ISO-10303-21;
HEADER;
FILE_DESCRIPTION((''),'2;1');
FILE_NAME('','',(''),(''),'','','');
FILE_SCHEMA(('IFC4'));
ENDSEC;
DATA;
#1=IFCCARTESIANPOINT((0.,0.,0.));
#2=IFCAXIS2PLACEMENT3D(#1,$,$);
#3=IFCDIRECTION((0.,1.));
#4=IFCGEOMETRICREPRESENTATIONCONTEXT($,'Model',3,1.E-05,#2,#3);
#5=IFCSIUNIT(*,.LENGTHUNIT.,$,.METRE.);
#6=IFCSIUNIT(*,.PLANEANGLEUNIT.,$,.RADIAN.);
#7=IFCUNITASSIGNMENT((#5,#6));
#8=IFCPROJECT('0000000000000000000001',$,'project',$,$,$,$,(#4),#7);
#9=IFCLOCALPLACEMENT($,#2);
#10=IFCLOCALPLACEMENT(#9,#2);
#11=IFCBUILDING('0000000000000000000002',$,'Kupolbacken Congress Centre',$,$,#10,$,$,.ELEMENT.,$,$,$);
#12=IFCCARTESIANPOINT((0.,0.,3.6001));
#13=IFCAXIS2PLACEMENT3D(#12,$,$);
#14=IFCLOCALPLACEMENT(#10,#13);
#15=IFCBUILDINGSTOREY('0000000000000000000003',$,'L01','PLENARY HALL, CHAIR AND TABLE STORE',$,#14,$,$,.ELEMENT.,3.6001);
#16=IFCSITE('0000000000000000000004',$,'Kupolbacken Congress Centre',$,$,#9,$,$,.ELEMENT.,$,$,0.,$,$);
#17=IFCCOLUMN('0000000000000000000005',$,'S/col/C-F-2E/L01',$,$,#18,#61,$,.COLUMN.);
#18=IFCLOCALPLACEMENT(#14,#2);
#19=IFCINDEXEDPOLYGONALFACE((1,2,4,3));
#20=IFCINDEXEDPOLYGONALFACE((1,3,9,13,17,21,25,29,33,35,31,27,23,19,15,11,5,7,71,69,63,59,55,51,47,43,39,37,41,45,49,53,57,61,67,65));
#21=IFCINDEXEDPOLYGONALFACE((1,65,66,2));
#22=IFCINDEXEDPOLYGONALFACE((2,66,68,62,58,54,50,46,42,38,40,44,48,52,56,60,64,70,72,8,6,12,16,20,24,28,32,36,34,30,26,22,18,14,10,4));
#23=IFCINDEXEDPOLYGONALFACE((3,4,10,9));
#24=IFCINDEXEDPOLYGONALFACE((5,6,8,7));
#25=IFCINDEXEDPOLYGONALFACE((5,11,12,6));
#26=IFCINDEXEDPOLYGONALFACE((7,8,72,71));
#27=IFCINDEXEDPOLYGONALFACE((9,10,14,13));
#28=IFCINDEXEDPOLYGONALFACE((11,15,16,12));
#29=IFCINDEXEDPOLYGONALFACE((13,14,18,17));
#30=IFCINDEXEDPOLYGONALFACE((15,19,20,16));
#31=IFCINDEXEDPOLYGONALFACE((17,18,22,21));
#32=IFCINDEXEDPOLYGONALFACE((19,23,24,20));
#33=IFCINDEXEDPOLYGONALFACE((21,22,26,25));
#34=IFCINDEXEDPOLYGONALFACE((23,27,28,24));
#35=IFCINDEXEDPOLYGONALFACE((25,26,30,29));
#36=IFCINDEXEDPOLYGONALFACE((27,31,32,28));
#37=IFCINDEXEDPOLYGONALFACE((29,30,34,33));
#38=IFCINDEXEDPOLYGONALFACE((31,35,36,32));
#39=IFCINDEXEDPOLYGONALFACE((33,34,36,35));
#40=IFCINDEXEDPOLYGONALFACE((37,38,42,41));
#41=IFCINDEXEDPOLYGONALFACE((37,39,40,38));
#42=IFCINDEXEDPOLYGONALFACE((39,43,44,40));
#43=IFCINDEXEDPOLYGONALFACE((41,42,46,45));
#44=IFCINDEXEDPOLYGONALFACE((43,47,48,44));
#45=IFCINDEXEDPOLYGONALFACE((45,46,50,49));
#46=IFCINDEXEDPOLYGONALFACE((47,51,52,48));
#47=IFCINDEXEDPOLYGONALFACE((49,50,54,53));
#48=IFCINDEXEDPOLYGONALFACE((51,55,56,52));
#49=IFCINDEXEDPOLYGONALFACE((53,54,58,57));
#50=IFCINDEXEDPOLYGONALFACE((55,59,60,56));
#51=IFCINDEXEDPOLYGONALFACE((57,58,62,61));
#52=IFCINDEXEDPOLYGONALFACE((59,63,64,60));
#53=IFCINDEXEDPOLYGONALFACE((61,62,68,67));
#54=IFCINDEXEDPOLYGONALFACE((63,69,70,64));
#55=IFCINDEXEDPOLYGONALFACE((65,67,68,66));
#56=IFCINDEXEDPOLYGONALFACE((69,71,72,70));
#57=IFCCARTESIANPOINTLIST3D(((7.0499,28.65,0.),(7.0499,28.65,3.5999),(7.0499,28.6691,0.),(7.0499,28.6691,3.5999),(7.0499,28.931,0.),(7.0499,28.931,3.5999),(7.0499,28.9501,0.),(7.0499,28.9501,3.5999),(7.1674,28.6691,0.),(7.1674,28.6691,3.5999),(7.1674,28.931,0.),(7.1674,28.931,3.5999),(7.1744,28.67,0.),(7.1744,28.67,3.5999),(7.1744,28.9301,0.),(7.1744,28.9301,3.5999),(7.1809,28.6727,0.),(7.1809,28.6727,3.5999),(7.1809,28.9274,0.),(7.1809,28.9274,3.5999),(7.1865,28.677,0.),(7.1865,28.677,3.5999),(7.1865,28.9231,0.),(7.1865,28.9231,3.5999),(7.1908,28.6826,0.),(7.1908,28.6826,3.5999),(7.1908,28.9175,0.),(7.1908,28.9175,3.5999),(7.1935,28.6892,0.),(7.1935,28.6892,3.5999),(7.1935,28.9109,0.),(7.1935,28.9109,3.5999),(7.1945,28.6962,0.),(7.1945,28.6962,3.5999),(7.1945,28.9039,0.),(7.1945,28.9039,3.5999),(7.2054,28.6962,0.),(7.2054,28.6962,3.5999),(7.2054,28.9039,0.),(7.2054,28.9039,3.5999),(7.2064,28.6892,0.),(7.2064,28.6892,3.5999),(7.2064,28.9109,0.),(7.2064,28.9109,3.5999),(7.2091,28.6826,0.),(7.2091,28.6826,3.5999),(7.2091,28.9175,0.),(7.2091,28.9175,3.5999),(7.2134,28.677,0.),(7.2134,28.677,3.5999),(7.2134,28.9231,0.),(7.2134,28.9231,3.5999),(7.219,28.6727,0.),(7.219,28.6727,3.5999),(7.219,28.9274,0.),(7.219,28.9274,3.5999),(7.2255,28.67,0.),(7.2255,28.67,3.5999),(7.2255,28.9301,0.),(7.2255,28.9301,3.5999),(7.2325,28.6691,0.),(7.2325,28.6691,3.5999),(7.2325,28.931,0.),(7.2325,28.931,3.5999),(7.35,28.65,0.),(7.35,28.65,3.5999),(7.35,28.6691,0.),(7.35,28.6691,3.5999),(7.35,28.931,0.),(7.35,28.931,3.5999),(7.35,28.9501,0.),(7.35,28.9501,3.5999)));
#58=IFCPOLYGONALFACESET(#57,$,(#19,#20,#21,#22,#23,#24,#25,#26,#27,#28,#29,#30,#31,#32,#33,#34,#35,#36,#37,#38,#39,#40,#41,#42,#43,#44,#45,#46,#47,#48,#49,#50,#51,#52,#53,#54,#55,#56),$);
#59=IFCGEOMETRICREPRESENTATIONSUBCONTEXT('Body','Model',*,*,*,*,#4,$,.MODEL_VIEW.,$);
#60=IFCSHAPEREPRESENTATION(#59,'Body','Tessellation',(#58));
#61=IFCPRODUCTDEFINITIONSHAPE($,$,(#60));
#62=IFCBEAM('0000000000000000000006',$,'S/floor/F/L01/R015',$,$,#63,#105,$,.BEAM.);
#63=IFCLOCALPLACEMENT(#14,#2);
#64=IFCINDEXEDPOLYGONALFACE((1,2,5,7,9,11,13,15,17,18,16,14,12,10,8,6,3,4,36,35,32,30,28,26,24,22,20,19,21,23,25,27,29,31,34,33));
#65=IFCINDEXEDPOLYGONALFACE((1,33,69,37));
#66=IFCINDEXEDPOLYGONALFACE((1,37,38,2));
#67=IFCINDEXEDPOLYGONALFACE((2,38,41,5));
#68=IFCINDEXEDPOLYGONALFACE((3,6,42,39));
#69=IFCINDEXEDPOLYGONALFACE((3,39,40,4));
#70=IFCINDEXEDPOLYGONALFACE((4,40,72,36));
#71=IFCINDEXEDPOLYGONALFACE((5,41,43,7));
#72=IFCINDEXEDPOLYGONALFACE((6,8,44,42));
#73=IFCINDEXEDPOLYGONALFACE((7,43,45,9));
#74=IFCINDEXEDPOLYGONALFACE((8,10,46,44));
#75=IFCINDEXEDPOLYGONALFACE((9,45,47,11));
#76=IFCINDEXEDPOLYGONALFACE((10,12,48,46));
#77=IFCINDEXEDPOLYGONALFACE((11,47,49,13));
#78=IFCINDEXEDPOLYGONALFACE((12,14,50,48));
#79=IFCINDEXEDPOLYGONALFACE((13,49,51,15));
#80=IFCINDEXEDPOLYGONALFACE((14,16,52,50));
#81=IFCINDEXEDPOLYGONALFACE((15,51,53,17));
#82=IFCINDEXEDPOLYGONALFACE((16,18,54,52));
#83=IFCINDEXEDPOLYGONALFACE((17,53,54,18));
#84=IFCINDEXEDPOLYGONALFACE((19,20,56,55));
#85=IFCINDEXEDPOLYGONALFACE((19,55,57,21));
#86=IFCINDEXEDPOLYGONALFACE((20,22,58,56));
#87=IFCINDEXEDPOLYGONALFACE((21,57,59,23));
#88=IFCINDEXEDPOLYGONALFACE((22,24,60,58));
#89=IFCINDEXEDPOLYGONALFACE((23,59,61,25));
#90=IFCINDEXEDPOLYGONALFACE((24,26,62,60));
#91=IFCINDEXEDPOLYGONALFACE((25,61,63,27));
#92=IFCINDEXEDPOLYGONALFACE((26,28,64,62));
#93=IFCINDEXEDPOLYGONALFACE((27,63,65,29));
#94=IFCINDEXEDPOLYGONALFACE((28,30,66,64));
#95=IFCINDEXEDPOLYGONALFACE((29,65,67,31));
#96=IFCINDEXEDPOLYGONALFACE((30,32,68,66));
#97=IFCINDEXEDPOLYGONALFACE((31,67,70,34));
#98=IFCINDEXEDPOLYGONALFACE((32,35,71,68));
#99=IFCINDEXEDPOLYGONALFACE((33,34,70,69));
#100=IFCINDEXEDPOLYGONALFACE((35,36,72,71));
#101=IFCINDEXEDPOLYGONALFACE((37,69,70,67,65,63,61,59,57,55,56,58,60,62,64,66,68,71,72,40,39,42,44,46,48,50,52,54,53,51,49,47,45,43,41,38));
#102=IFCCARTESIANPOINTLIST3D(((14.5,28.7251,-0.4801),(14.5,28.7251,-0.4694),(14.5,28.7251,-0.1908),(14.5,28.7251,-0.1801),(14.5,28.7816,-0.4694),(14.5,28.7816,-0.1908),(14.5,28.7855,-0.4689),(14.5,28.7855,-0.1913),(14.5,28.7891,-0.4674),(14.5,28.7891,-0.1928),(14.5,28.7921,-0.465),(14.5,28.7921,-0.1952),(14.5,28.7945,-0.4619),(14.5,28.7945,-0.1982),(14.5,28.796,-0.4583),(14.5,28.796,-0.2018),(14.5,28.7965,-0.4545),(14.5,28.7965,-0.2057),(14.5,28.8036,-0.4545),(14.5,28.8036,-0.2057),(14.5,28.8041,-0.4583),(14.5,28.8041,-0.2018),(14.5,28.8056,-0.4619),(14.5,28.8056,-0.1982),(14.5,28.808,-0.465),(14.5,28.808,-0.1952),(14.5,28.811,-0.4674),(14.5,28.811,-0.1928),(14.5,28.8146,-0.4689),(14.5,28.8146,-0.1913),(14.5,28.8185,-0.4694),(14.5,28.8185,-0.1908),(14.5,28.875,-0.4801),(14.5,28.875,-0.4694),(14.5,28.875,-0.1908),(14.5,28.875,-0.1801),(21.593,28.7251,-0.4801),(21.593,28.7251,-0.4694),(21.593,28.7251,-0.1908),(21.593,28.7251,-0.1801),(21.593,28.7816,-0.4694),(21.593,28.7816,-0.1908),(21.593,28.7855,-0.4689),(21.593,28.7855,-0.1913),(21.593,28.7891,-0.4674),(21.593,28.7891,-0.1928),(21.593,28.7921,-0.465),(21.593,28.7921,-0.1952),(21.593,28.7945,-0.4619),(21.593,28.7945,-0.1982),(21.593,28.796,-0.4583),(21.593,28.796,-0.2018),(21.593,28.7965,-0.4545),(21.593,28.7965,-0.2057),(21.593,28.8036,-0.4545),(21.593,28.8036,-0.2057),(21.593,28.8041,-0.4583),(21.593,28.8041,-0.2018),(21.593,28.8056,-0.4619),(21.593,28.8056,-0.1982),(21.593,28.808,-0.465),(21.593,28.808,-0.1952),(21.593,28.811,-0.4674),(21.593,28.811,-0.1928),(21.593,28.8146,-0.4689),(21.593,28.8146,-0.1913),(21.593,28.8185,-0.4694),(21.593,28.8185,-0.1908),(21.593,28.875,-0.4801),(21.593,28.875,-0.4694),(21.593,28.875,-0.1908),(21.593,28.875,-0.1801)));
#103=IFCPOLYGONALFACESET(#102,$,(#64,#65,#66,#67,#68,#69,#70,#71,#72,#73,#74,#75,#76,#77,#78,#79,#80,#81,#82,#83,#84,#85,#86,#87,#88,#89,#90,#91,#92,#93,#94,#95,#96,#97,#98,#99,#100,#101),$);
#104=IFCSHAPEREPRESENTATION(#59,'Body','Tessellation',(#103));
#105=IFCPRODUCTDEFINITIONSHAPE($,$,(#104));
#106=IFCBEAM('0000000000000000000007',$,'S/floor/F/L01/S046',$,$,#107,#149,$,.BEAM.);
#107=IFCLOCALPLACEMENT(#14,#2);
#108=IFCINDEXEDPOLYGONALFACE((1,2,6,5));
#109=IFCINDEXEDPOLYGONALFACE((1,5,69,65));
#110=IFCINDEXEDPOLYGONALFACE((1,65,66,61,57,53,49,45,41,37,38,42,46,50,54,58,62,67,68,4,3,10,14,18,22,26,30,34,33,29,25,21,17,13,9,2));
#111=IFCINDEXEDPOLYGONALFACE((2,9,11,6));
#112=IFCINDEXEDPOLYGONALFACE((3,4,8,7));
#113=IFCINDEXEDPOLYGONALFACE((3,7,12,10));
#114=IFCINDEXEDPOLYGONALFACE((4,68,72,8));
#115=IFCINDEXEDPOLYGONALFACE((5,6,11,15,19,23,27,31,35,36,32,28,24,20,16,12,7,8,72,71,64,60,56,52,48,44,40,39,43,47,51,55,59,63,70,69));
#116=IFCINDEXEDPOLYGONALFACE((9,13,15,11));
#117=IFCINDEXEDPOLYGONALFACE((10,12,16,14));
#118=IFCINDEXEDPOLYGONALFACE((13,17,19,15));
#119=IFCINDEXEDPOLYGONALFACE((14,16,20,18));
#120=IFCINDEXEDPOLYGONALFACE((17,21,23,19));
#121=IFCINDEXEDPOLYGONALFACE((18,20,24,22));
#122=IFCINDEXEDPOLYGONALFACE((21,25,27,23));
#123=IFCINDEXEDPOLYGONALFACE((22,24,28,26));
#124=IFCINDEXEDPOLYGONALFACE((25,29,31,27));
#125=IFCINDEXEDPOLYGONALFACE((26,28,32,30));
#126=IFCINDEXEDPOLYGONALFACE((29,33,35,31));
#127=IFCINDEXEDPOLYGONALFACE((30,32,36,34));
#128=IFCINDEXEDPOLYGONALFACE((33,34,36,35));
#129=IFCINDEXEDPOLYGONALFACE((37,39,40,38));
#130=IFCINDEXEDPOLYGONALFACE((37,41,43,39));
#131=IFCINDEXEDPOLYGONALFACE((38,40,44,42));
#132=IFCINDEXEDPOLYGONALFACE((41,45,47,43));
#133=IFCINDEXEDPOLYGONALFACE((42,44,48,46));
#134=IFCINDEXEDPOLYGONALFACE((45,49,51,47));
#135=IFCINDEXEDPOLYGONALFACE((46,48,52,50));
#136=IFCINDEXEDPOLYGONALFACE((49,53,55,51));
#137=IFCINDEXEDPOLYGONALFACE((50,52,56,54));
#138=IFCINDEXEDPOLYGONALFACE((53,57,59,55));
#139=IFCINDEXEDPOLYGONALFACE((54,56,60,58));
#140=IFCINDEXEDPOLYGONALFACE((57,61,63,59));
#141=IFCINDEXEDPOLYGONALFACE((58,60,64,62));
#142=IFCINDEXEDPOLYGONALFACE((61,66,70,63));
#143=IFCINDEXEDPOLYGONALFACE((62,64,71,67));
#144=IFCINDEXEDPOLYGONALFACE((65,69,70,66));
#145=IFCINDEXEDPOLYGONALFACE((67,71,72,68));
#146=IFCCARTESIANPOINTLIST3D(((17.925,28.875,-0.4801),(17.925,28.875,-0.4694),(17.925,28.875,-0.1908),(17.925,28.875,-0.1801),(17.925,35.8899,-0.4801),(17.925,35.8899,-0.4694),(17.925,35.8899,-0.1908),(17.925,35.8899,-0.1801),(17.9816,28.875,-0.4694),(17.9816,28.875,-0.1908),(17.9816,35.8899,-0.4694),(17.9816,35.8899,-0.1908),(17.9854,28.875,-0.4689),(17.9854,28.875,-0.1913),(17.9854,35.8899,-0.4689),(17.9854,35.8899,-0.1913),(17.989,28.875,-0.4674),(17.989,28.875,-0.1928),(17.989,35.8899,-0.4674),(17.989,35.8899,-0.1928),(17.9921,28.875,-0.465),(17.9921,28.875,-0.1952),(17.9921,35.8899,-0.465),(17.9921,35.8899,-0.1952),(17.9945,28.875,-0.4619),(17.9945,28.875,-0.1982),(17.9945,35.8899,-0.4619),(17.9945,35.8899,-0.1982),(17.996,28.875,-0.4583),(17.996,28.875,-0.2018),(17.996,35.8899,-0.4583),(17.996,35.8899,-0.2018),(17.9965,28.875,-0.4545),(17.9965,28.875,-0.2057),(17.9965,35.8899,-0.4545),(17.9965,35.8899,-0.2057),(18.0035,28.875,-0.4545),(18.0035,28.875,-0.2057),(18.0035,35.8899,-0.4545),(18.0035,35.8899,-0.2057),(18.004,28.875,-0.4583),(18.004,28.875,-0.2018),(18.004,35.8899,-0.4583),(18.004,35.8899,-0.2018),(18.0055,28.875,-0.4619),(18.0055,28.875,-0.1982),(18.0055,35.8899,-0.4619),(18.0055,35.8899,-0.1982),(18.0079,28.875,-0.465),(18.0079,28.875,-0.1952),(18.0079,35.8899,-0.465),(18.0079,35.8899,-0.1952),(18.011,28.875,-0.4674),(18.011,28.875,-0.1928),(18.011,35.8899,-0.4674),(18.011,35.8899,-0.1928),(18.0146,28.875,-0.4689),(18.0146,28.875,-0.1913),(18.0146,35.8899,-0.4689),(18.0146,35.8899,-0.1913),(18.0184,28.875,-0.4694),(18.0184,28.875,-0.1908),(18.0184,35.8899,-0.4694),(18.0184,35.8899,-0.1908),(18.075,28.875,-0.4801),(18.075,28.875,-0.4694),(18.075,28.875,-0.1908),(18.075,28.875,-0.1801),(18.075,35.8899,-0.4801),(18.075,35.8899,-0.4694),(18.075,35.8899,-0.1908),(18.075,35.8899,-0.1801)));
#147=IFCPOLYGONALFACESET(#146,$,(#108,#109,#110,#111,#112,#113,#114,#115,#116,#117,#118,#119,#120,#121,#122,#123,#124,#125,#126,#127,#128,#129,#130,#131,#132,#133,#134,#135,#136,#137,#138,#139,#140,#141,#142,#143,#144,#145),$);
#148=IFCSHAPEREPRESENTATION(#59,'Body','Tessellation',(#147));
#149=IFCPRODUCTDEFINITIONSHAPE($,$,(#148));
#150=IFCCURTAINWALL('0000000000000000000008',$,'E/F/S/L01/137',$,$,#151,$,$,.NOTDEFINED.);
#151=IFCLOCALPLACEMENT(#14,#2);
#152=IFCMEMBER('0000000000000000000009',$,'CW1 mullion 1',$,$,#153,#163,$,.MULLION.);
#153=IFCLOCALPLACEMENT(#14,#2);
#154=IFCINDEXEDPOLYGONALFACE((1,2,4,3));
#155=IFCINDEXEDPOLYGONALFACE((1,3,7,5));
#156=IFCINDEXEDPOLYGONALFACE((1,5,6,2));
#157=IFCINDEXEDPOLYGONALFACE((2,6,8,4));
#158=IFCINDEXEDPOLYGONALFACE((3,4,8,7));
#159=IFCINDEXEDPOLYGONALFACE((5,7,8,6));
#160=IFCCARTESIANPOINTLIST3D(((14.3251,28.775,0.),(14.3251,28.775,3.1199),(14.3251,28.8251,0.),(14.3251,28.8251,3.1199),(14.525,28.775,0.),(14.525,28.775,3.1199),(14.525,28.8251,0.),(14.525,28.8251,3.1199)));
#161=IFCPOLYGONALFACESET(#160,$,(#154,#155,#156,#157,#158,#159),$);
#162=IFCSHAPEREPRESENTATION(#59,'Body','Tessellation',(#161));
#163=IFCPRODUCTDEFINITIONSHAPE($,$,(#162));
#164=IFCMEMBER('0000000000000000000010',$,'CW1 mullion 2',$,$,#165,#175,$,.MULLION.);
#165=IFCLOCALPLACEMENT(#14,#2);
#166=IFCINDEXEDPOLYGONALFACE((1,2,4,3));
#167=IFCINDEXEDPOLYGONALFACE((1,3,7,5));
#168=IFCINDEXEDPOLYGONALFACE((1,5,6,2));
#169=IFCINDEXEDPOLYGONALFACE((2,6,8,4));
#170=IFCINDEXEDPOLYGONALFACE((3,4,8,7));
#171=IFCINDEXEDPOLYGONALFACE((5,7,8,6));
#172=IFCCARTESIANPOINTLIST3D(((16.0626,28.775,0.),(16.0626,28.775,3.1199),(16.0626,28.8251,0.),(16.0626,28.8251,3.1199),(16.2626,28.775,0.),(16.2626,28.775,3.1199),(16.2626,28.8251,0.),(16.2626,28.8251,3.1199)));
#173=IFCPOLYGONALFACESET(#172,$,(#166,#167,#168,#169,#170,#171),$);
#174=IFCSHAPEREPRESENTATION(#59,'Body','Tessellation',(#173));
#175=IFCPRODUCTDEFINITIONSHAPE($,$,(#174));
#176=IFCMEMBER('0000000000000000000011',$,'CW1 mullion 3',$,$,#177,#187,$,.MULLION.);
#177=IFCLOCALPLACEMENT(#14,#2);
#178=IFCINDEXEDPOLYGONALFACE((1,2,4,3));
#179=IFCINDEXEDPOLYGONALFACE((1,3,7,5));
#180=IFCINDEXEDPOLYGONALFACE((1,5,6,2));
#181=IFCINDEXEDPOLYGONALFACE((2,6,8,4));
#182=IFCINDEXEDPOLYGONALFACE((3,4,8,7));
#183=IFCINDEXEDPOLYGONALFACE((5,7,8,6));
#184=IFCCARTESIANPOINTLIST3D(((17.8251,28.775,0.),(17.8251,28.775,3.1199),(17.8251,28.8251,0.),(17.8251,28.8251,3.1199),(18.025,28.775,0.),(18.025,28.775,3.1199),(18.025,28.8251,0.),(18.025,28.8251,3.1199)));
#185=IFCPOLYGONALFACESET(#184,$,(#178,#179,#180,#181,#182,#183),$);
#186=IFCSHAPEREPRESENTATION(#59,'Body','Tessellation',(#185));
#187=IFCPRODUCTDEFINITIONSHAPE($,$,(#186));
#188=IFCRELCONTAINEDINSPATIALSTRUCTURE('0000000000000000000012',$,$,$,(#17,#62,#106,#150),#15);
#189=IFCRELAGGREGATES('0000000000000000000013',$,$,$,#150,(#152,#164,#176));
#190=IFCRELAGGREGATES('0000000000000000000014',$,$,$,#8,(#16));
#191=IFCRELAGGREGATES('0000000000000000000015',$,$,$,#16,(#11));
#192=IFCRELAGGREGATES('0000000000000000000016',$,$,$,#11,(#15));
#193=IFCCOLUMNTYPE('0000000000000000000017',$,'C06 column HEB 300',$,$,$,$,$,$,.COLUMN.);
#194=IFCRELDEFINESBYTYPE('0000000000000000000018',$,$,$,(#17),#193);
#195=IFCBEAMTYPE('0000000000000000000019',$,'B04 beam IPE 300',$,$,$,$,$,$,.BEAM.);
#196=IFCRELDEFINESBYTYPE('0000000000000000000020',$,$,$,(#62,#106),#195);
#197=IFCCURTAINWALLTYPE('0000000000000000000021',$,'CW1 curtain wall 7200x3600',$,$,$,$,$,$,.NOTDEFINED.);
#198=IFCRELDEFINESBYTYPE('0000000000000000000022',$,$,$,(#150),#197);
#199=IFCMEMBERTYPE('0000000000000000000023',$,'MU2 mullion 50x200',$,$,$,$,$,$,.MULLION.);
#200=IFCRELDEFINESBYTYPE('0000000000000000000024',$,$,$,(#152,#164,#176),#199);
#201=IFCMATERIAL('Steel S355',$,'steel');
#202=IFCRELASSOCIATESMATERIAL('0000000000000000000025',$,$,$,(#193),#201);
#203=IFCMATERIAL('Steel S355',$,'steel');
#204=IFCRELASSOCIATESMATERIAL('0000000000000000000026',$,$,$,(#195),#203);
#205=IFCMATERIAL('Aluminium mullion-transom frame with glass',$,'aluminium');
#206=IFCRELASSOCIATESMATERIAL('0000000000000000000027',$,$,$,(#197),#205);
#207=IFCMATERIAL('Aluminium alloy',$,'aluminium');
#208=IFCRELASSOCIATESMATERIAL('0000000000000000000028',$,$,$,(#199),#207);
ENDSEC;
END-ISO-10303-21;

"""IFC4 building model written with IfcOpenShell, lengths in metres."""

from ifc_helpers import new_model, si_unit, direction, frame, origin, origin_2d, place, context, subcontext, project, spatial, rectangle, i_section, extrude, material, material_profile, profile_set, type_object, element, aggregate, save


model = new_model("IFC4")

# Units and contexts
model_context = context("Model", 3, precision=1e-05, world=origin(), true_north=direction((0.0, 1.0)))
body_context = subcontext(model_context, "Body", "Model", "MODEL_VIEW")
ifc_project = project(units=[si_unit("LENGTHUNIT", "METRE"), si_unit("PLANEANGLEUNIT", "RADIAN")], contexts=[model_context])

# Site, building, storey
site_placement = place(None, origin())
site = spatial("IfcSite", under=ifc_project, at=site_placement, Name="Kupolbacken Congress Centre", CompositionType="ELEMENT", RefElevation=0.0)
building_placement = place(site_placement, origin())
building = spatial("IfcBuilding", under=site, at=building_placement, Name="Kupolbacken Congress Centre", CompositionType="ELEMENT")
storey_placement = place(building_placement, frame((0.0, 0.0, 3.6001)))
storey = spatial("IfcBuildingStorey", under=building, at=storey_placement, Name="L01", Description="PLENARY HALL, CHAIR AND TABLE STORE", CompositionType="ELEMENT", Elevation=3.6001)

# Column
ifc_material_1 = material(Name="Steel S355", Category="steel")
ifc_material_profile_1 = material_profile(ifc_material_1, i_section(OverallWidth=0.3, OverallDepth=0.3, WebThickness=0.011, FlangeThickness=0.019, FilletRadius=0.0271, at=origin_2d()), Name="HEB 300")
ifc_profile_set_1 = profile_set([ifc_material_profile_1], Name="Steel S355")
column_type = type_object("IfcColumnType", Name="C06 column HEB 300", PredefinedType="COLUMN", material=ifc_profile_set_1)
column_placement = place(storey_placement, frame((7.2, 28.8, 0.0), z_axis=(0.0, 0.0, 1.0), x_axis=(1.0, 0.0, 0.0)))
element("IfcColumn", 1, at=column_placement, inside=storey, type_object=column_type, Name="S/col/C-F-2E/L01", PredefinedType="COLUMN", context=body_context, shape_type="SweptSolid", body=[
    extrude(i_section(OverallWidth=0.3, OverallDepth=0.3, WebThickness=0.011, FlangeThickness=0.019, FilletRadius=0.0271, at=origin_2d()), origin(), (0.0, 0.0, 1.0), 3.5999),
])

# Beams
ifc_material_2 = material(Name="Steel S355", Category="steel")
ifc_material_profile_2 = material_profile(ifc_material_2, i_section(OverallWidth=0.1499, OverallDepth=0.3, WebThickness=0.0071, FlangeThickness=0.0107, FilletRadius=0.0149, at=origin_2d()), Name="IPE 300")
ifc_profile_set_2 = profile_set([ifc_material_profile_2], Name="Steel S355")
beam_type = type_object("IfcBeamType", Name="B04 beam IPE 300", PredefinedType="BEAM", material=ifc_profile_set_2)
beam_1_placement = place(storey_placement, frame((14.5, 28.8, -0.3301), z_axis=(1.0, 0.0, 0.0), x_axis=(0.0, 1.0, 0.0)))
element("IfcBeam", 2, at=beam_1_placement, inside=storey, type_object=beam_type, Name="S/floor/F/L01/R015", PredefinedType="BEAM", context=body_context, shape_type="SweptSolid", body=[
    extrude(i_section(OverallWidth=0.1499, OverallDepth=0.3, WebThickness=0.0071, FlangeThickness=0.0107, FilletRadius=0.0149, at=origin_2d()), origin(), (0.0, 0.0, 1.0), 7.093),
])
beam_2_placement = place(storey_placement, frame((18.0, 28.875, -0.3301), z_axis=(0.0, 1.0, 0.0), x_axis=(-1.0, 0.0, 0.0)))
element("IfcBeam", 3, at=beam_2_placement, inside=storey, type_object=beam_type, Name="S/floor/F/L01/S046", PredefinedType="BEAM", context=body_context, shape_type="SweptSolid", body=[
    extrude(i_section(OverallWidth=0.1499, OverallDepth=0.3, WebThickness=0.0071, FlangeThickness=0.0107, FilletRadius=0.0149, at=origin_2d()), origin(), (0.0, 0.0, 1.0), 7.0149),
])

# Curtain wall, members
ifc_material_3 = material(Name="Aluminium mullion-transom frame with glass", Category="aluminium")
curtain_wall_type = type_object("IfcCurtainWallType", Name="CW1 curtain wall 7200x3600", PredefinedType="NOTDEFINED", material=ifc_material_3)
curtain_wall_placement = place(storey_placement, origin())
curtain_wall = element("IfcCurtainWall", 4, at=curtain_wall_placement, inside=storey, type_object=curtain_wall_type, Name="E/F/S/L01/137", PredefinedType="NOTDEFINED")
ifc_material_4 = material(Name="Aluminium alloy", Category="aluminium")
ifc_material_profile_3 = material_profile(ifc_material_4, rectangle(XDim=0.05, YDim=0.2, at=origin_2d()), Name="50 x 200")
ifc_profile_set_3 = profile_set([ifc_material_profile_3], Name="Aluminium alloy")
member_type_1 = type_object("IfcMemberType", Name="MU2 mullion 50x200", PredefinedType="MULLION", material=ifc_profile_set_3)
member_1_placement = place(storey_placement, frame((14.425, 28.8, 0.0), z_axis=(0.0, 0.0, 1.0), x_axis=(0.0, 1.0, 0.0)))
member_1 = element("IfcMember", 5, at=member_1_placement, type_object=member_type_1, Name="CW1 mullion 1", PredefinedType="MULLION", context=body_context, shape_type="SweptSolid", body=[
    extrude(rectangle(XDim=0.05, YDim=0.2, at=origin_2d()), origin(), (0.0, 0.0, 1.0), 3.1199),
])
member_2_placement = place(storey_placement, frame((16.1626, 28.8, 0.0), z_axis=(0.0, 0.0, 1.0), x_axis=(0.0, 1.0, 0.0)))
member_2 = element("IfcMember", 6, at=member_2_placement, type_object=member_type_1, Name="CW1 mullion 2", PredefinedType="MULLION", context=body_context, shape_type="SweptSolid", body=[
    extrude(rectangle(XDim=0.05, YDim=0.2, at=origin_2d()), origin(), (0.0, 0.0, 1.0), 3.1199),
])
member_3_placement = place(storey_placement, frame((17.925, 28.8, 0.0), z_axis=(0.0, 0.0, 1.0), x_axis=(0.0, 1.0, 0.0)))
member_3 = element("IfcMember", 7, at=member_3_placement, type_object=member_type_1, Name="CW1 mullion 3", PredefinedType="MULLION", context=body_context, shape_type="SweptSolid", body=[
    extrude(rectangle(XDim=0.05, YDim=0.2, at=origin_2d()), origin(), (0.0, 0.0, 1.0), 3.1199),
])
aggregate(curtain_wall, [member_1, member_2, member_3])

save(model, "model.ifc")
